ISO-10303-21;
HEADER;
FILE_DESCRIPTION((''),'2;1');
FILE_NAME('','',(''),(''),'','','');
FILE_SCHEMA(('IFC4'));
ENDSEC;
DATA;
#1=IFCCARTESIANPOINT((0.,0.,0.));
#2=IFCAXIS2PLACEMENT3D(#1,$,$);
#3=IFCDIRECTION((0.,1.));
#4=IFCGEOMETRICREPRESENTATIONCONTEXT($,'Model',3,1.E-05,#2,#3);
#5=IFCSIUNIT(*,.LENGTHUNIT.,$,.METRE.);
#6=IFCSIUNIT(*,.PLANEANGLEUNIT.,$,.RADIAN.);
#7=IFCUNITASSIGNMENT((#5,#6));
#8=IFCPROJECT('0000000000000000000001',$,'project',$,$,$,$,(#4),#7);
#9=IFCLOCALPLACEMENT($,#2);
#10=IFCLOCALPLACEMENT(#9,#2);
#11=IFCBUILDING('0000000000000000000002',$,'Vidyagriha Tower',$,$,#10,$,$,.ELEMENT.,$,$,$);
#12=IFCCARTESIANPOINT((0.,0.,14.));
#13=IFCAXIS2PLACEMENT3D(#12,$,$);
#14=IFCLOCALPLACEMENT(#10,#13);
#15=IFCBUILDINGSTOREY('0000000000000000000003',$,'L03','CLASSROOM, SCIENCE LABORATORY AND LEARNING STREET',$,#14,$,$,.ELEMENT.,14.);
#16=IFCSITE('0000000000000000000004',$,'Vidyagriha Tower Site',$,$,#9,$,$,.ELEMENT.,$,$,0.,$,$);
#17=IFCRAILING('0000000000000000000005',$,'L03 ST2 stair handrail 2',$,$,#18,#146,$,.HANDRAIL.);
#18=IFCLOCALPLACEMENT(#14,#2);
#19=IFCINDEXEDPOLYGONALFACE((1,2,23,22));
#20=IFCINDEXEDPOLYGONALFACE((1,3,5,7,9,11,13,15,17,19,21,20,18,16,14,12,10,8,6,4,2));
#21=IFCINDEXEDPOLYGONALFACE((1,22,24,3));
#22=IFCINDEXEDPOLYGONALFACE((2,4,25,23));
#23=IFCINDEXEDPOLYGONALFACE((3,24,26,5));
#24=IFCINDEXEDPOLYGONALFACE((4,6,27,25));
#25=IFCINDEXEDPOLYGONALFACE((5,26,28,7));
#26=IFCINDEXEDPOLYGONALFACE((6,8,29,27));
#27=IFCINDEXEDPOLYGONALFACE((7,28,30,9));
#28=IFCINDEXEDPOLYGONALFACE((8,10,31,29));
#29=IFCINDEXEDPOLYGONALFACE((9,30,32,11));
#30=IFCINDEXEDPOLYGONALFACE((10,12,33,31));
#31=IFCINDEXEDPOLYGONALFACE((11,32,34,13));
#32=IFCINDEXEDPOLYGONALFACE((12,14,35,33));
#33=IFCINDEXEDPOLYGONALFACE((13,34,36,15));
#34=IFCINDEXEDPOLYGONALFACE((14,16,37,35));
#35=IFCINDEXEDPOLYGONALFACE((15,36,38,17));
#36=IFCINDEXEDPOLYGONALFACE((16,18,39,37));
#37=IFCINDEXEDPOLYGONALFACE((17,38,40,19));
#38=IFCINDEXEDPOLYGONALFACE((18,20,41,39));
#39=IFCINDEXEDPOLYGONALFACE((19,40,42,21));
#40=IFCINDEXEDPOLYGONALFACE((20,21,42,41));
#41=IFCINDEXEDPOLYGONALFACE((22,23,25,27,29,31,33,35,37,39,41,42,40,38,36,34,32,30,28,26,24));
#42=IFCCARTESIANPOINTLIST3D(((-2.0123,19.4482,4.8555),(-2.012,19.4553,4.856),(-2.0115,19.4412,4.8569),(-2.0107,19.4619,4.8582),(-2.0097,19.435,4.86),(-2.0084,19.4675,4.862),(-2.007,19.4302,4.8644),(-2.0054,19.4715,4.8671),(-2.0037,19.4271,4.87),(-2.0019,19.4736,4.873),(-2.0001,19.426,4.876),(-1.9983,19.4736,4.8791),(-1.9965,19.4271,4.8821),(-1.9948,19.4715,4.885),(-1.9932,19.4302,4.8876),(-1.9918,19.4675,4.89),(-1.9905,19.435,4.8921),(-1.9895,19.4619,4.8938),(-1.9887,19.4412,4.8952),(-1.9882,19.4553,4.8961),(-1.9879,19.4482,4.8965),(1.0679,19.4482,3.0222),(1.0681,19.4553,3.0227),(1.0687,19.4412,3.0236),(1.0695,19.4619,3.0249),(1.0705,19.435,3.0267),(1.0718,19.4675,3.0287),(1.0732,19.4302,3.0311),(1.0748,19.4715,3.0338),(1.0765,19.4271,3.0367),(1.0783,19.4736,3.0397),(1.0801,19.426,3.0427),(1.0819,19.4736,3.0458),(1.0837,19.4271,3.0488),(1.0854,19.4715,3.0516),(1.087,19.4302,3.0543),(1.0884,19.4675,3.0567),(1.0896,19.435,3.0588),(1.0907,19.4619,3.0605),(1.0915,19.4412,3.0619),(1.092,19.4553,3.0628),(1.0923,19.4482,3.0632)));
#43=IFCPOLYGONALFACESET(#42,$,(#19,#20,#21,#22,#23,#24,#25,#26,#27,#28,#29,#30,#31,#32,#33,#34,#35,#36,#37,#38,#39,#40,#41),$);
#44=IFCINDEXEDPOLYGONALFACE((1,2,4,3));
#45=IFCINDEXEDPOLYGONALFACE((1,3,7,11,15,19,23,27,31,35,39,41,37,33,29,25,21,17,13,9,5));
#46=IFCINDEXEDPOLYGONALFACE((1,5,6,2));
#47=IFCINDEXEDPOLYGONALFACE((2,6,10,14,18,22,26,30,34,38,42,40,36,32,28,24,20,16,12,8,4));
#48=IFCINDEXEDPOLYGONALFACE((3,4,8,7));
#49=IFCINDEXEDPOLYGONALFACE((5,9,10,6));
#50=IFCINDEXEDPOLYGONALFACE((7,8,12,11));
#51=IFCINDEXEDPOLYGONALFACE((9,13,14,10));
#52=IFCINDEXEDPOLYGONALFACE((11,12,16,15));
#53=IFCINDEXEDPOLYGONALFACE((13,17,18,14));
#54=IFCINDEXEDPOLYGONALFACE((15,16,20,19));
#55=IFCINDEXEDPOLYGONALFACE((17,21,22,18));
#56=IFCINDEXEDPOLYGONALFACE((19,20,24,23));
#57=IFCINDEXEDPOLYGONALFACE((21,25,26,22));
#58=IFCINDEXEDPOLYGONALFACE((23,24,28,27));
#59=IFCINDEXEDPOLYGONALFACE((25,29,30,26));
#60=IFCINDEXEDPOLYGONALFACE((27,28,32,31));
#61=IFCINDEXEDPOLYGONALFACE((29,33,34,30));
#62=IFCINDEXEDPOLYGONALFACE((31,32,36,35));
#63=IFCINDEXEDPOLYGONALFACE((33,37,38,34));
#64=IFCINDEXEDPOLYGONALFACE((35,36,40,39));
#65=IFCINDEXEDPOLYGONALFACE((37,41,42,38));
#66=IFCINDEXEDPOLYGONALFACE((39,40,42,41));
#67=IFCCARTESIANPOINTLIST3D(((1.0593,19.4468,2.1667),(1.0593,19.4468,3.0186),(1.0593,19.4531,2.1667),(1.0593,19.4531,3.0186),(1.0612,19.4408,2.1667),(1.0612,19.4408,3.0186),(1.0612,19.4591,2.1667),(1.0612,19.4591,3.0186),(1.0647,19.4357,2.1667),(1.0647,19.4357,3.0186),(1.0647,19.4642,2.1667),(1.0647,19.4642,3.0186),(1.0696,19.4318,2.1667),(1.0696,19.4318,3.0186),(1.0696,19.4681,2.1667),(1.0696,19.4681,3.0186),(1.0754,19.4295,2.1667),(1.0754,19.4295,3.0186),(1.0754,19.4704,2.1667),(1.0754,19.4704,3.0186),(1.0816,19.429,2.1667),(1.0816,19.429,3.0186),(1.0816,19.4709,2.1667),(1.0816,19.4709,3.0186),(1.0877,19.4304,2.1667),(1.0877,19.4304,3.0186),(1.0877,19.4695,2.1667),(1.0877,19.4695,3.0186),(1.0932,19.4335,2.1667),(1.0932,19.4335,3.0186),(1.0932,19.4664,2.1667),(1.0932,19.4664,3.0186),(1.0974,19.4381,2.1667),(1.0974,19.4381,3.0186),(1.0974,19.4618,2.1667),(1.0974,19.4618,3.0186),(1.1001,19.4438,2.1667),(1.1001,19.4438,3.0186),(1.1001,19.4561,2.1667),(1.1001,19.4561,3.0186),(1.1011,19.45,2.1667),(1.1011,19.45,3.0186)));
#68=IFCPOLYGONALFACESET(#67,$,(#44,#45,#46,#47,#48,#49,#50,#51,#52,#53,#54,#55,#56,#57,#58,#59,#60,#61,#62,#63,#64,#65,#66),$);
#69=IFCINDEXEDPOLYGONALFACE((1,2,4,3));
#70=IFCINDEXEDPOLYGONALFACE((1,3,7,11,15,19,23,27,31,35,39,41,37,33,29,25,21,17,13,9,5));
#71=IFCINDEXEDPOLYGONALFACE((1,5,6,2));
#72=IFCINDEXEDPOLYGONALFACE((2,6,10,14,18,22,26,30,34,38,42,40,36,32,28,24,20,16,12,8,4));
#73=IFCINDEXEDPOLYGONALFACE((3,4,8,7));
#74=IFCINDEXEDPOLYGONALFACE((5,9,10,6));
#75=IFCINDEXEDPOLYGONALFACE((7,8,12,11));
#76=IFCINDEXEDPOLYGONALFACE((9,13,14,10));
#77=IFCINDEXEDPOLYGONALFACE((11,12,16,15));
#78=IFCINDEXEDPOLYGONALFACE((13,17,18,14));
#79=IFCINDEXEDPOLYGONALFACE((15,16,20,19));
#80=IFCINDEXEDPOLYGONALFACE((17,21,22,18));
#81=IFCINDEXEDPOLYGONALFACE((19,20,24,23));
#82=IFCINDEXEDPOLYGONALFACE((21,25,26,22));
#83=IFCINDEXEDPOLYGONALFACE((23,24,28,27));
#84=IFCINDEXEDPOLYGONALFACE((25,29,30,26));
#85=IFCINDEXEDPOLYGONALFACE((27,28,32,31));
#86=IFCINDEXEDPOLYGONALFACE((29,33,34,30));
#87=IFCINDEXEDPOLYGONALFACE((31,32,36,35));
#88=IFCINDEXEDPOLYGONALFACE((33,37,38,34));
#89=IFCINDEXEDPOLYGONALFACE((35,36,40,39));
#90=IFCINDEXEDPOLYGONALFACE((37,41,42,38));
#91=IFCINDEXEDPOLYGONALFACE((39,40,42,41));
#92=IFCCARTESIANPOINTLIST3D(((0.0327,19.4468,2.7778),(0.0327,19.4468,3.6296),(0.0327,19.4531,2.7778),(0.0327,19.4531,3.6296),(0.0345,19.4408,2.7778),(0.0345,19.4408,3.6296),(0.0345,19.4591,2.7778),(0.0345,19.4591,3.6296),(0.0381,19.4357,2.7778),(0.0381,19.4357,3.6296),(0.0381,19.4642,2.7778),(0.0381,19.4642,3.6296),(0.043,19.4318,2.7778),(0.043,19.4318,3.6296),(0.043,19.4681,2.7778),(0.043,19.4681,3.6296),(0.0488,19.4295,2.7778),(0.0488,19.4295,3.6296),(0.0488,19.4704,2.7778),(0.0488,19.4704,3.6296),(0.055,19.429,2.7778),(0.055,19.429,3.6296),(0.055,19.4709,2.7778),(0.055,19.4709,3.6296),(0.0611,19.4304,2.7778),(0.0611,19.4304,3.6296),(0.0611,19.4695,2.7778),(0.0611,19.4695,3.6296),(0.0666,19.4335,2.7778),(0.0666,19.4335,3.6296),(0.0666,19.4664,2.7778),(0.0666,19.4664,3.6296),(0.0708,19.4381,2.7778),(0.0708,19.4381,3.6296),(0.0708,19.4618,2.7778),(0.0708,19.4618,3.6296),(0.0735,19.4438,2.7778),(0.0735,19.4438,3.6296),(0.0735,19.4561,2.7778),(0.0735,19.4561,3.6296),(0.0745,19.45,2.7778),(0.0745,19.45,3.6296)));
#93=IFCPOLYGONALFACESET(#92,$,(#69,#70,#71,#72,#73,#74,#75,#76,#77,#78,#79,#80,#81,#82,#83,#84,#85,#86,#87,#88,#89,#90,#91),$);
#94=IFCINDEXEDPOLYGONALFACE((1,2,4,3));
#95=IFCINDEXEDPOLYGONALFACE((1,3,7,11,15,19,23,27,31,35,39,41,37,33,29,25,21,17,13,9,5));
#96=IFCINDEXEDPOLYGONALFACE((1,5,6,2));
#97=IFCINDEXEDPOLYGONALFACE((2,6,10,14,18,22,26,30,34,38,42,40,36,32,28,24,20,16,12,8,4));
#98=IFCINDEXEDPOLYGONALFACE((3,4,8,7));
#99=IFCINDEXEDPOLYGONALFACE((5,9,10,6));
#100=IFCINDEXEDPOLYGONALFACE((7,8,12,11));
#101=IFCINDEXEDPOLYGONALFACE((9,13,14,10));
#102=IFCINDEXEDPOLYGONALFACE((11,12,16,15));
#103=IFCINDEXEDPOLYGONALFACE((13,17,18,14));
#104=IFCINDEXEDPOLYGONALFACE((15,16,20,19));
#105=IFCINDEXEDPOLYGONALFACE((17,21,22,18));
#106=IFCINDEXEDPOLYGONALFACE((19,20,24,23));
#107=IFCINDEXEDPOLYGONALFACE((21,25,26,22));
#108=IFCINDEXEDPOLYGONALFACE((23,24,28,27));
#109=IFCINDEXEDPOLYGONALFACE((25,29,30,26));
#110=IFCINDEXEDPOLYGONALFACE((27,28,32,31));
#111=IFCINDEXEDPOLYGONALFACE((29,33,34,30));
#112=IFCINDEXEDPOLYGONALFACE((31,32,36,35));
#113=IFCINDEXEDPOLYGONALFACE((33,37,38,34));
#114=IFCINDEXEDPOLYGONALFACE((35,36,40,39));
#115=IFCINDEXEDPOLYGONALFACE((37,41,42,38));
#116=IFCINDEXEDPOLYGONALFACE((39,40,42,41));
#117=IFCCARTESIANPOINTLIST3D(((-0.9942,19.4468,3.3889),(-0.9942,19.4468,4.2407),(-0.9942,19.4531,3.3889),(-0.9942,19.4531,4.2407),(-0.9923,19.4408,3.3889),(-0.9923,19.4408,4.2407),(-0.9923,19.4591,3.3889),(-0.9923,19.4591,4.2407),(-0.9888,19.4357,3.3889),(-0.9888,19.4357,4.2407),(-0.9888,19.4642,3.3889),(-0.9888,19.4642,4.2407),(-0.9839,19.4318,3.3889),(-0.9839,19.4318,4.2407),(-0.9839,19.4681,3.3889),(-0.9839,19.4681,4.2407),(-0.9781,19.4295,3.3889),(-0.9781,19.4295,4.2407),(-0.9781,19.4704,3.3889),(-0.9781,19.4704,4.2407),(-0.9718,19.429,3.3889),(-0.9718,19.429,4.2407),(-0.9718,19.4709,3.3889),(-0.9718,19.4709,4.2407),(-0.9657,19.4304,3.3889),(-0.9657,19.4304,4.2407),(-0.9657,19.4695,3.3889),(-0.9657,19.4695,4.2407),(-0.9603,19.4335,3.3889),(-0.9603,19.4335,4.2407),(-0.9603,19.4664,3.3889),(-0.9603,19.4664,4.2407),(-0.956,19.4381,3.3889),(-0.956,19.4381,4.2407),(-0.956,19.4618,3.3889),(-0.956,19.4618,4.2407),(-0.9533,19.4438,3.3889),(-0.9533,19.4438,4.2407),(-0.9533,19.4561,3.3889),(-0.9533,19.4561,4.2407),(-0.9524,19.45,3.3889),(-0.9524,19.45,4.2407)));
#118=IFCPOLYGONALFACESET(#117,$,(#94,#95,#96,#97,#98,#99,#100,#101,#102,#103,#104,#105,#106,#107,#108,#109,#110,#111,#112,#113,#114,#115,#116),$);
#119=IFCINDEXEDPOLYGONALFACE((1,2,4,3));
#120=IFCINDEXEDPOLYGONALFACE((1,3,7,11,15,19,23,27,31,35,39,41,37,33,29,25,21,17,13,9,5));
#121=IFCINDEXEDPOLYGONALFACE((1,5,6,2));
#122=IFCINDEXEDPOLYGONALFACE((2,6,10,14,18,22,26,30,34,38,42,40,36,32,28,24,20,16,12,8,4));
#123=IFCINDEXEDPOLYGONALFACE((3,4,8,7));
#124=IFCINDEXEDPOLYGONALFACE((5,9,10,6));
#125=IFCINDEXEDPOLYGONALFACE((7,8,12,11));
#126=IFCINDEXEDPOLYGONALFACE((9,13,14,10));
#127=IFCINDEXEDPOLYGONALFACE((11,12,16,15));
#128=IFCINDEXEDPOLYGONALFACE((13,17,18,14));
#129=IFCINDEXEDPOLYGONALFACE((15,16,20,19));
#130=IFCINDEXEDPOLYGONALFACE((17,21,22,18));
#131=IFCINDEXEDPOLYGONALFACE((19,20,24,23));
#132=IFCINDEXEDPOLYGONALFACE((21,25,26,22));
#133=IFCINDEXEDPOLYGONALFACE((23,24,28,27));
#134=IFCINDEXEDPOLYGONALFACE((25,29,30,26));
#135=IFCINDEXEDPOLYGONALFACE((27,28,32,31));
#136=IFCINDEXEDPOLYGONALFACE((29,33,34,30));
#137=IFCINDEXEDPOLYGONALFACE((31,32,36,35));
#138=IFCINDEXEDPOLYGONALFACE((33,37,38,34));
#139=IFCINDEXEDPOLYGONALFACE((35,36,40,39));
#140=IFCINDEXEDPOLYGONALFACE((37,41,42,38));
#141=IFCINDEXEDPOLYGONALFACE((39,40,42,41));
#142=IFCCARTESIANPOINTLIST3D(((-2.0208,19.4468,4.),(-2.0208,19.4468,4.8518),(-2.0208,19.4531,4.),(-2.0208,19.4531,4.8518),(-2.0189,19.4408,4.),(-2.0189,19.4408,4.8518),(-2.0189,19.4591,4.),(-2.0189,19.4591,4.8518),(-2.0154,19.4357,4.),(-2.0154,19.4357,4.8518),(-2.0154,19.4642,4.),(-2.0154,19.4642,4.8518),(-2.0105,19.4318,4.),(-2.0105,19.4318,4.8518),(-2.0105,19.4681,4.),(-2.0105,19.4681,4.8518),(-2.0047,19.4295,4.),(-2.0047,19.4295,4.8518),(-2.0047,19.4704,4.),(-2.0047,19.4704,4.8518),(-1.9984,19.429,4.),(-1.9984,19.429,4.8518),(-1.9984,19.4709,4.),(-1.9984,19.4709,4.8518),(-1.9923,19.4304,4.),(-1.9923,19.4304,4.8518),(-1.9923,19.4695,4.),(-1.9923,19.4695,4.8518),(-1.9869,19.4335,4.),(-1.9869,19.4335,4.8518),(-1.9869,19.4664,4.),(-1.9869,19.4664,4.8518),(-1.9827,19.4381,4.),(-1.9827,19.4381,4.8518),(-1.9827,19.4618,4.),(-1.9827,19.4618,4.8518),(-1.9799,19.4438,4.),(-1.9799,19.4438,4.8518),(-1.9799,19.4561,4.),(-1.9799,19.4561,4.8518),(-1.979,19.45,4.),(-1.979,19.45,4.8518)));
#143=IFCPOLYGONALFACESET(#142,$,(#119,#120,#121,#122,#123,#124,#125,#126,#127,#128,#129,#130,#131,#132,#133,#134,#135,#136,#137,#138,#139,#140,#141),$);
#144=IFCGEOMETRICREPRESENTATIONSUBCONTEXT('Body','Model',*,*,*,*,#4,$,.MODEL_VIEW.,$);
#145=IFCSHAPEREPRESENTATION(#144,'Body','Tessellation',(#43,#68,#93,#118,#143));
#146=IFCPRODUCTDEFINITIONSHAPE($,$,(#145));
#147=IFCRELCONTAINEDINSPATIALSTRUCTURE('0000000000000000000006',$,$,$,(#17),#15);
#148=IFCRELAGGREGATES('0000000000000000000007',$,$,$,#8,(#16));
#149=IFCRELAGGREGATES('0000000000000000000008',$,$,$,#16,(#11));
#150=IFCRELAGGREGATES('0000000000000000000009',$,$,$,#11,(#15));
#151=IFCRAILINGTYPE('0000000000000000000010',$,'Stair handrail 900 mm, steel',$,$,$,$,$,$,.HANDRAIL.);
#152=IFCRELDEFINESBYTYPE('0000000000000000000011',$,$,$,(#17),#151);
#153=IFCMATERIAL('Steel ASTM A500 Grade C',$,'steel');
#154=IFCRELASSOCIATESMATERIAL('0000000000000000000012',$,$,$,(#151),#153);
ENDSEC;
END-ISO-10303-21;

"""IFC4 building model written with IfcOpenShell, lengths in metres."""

from ifc_helpers import new_model, si_unit, direction, frame, origin, origin_2d, place, context, subcontext, project, spatial, circle, extrude, material, type_object, element, save


model = new_model("IFC4")

# Units and contexts
model_context = context("Model", 3, precision=1e-05, world=origin(), true_north=direction((0.0, 1.0)))
body_context = subcontext(model_context, "Body", "Model", "MODEL_VIEW")
ifc_project = project(units=[si_unit("LENGTHUNIT", "METRE"), si_unit("PLANEANGLEUNIT", "RADIAN")], contexts=[model_context])

# Site, building, storey
site_placement = place(None, origin())
site = spatial("IfcSite", under=ifc_project, at=site_placement, Name="Vidyagriha Tower Site", CompositionType="ELEMENT", RefElevation=0.0)
building_placement = place(site_placement, origin())
building = spatial("IfcBuilding", under=site, at=building_placement, Name="Vidyagriha Tower", CompositionType="ELEMENT")
storey_placement = place(building_placement, frame((0.0, 0.0, 14.0)))
storey = spatial("IfcBuildingStorey", under=building, at=storey_placement, Name="L03", Description="CLASSROOM, SCIENCE LABORATORY AND LEARNING STREET", CompositionType="ELEMENT", Elevation=14.0)

# Railing
ifc_material_1 = material(Name="Steel ASTM A500 Grade C", Category="steel")
railing_type_1 = type_object("IfcRailingType", Name="Stair handrail 900 mm, steel", PredefinedType="HANDRAIL", material=ifc_material_1)
railing_1_placement = place(storey_placement, frame((1.0801, 19.45, 2.1667)))
element("IfcRailing", 1, at=railing_1_placement, inside=storey, type_object=railing_type_1, Name="L03 ST2 stair handrail 2", PredefinedType="HANDRAIL", context=body_context, shape_type="SweptSolid", body=[
    extrude(circle(Radius=0.0239, at=origin_2d()), frame((0.0, 0.0, 0.876), z_axis=(-0.859309, 0.0, 0.511458), x_axis=(0.0, -1.0, 0.0)), (0.0, 0.0, 1.0), 3.5845),
    extrude(circle(Radius=0.021, at=origin_2d()), origin(), (0.0, 0.0, 1.0), 0.8518),
    extrude(circle(Radius=0.021, at=origin_2d()), frame((-1.0266, 0.0, 0.6111)), (0.0, 0.0, 1.0), 0.8518),
    extrude(circle(Radius=0.021, at=origin_2d()), frame((-2.0535, 0.0, 1.2222)), (0.0, 0.0, 1.0), 0.8518),
    extrude(circle(Radius=0.021, at=origin_2d()), frame((-3.0801, 0.0, 1.8333)), (0.0, 0.0, 1.0), 0.8518),
])

save(model, "model.ifc")
